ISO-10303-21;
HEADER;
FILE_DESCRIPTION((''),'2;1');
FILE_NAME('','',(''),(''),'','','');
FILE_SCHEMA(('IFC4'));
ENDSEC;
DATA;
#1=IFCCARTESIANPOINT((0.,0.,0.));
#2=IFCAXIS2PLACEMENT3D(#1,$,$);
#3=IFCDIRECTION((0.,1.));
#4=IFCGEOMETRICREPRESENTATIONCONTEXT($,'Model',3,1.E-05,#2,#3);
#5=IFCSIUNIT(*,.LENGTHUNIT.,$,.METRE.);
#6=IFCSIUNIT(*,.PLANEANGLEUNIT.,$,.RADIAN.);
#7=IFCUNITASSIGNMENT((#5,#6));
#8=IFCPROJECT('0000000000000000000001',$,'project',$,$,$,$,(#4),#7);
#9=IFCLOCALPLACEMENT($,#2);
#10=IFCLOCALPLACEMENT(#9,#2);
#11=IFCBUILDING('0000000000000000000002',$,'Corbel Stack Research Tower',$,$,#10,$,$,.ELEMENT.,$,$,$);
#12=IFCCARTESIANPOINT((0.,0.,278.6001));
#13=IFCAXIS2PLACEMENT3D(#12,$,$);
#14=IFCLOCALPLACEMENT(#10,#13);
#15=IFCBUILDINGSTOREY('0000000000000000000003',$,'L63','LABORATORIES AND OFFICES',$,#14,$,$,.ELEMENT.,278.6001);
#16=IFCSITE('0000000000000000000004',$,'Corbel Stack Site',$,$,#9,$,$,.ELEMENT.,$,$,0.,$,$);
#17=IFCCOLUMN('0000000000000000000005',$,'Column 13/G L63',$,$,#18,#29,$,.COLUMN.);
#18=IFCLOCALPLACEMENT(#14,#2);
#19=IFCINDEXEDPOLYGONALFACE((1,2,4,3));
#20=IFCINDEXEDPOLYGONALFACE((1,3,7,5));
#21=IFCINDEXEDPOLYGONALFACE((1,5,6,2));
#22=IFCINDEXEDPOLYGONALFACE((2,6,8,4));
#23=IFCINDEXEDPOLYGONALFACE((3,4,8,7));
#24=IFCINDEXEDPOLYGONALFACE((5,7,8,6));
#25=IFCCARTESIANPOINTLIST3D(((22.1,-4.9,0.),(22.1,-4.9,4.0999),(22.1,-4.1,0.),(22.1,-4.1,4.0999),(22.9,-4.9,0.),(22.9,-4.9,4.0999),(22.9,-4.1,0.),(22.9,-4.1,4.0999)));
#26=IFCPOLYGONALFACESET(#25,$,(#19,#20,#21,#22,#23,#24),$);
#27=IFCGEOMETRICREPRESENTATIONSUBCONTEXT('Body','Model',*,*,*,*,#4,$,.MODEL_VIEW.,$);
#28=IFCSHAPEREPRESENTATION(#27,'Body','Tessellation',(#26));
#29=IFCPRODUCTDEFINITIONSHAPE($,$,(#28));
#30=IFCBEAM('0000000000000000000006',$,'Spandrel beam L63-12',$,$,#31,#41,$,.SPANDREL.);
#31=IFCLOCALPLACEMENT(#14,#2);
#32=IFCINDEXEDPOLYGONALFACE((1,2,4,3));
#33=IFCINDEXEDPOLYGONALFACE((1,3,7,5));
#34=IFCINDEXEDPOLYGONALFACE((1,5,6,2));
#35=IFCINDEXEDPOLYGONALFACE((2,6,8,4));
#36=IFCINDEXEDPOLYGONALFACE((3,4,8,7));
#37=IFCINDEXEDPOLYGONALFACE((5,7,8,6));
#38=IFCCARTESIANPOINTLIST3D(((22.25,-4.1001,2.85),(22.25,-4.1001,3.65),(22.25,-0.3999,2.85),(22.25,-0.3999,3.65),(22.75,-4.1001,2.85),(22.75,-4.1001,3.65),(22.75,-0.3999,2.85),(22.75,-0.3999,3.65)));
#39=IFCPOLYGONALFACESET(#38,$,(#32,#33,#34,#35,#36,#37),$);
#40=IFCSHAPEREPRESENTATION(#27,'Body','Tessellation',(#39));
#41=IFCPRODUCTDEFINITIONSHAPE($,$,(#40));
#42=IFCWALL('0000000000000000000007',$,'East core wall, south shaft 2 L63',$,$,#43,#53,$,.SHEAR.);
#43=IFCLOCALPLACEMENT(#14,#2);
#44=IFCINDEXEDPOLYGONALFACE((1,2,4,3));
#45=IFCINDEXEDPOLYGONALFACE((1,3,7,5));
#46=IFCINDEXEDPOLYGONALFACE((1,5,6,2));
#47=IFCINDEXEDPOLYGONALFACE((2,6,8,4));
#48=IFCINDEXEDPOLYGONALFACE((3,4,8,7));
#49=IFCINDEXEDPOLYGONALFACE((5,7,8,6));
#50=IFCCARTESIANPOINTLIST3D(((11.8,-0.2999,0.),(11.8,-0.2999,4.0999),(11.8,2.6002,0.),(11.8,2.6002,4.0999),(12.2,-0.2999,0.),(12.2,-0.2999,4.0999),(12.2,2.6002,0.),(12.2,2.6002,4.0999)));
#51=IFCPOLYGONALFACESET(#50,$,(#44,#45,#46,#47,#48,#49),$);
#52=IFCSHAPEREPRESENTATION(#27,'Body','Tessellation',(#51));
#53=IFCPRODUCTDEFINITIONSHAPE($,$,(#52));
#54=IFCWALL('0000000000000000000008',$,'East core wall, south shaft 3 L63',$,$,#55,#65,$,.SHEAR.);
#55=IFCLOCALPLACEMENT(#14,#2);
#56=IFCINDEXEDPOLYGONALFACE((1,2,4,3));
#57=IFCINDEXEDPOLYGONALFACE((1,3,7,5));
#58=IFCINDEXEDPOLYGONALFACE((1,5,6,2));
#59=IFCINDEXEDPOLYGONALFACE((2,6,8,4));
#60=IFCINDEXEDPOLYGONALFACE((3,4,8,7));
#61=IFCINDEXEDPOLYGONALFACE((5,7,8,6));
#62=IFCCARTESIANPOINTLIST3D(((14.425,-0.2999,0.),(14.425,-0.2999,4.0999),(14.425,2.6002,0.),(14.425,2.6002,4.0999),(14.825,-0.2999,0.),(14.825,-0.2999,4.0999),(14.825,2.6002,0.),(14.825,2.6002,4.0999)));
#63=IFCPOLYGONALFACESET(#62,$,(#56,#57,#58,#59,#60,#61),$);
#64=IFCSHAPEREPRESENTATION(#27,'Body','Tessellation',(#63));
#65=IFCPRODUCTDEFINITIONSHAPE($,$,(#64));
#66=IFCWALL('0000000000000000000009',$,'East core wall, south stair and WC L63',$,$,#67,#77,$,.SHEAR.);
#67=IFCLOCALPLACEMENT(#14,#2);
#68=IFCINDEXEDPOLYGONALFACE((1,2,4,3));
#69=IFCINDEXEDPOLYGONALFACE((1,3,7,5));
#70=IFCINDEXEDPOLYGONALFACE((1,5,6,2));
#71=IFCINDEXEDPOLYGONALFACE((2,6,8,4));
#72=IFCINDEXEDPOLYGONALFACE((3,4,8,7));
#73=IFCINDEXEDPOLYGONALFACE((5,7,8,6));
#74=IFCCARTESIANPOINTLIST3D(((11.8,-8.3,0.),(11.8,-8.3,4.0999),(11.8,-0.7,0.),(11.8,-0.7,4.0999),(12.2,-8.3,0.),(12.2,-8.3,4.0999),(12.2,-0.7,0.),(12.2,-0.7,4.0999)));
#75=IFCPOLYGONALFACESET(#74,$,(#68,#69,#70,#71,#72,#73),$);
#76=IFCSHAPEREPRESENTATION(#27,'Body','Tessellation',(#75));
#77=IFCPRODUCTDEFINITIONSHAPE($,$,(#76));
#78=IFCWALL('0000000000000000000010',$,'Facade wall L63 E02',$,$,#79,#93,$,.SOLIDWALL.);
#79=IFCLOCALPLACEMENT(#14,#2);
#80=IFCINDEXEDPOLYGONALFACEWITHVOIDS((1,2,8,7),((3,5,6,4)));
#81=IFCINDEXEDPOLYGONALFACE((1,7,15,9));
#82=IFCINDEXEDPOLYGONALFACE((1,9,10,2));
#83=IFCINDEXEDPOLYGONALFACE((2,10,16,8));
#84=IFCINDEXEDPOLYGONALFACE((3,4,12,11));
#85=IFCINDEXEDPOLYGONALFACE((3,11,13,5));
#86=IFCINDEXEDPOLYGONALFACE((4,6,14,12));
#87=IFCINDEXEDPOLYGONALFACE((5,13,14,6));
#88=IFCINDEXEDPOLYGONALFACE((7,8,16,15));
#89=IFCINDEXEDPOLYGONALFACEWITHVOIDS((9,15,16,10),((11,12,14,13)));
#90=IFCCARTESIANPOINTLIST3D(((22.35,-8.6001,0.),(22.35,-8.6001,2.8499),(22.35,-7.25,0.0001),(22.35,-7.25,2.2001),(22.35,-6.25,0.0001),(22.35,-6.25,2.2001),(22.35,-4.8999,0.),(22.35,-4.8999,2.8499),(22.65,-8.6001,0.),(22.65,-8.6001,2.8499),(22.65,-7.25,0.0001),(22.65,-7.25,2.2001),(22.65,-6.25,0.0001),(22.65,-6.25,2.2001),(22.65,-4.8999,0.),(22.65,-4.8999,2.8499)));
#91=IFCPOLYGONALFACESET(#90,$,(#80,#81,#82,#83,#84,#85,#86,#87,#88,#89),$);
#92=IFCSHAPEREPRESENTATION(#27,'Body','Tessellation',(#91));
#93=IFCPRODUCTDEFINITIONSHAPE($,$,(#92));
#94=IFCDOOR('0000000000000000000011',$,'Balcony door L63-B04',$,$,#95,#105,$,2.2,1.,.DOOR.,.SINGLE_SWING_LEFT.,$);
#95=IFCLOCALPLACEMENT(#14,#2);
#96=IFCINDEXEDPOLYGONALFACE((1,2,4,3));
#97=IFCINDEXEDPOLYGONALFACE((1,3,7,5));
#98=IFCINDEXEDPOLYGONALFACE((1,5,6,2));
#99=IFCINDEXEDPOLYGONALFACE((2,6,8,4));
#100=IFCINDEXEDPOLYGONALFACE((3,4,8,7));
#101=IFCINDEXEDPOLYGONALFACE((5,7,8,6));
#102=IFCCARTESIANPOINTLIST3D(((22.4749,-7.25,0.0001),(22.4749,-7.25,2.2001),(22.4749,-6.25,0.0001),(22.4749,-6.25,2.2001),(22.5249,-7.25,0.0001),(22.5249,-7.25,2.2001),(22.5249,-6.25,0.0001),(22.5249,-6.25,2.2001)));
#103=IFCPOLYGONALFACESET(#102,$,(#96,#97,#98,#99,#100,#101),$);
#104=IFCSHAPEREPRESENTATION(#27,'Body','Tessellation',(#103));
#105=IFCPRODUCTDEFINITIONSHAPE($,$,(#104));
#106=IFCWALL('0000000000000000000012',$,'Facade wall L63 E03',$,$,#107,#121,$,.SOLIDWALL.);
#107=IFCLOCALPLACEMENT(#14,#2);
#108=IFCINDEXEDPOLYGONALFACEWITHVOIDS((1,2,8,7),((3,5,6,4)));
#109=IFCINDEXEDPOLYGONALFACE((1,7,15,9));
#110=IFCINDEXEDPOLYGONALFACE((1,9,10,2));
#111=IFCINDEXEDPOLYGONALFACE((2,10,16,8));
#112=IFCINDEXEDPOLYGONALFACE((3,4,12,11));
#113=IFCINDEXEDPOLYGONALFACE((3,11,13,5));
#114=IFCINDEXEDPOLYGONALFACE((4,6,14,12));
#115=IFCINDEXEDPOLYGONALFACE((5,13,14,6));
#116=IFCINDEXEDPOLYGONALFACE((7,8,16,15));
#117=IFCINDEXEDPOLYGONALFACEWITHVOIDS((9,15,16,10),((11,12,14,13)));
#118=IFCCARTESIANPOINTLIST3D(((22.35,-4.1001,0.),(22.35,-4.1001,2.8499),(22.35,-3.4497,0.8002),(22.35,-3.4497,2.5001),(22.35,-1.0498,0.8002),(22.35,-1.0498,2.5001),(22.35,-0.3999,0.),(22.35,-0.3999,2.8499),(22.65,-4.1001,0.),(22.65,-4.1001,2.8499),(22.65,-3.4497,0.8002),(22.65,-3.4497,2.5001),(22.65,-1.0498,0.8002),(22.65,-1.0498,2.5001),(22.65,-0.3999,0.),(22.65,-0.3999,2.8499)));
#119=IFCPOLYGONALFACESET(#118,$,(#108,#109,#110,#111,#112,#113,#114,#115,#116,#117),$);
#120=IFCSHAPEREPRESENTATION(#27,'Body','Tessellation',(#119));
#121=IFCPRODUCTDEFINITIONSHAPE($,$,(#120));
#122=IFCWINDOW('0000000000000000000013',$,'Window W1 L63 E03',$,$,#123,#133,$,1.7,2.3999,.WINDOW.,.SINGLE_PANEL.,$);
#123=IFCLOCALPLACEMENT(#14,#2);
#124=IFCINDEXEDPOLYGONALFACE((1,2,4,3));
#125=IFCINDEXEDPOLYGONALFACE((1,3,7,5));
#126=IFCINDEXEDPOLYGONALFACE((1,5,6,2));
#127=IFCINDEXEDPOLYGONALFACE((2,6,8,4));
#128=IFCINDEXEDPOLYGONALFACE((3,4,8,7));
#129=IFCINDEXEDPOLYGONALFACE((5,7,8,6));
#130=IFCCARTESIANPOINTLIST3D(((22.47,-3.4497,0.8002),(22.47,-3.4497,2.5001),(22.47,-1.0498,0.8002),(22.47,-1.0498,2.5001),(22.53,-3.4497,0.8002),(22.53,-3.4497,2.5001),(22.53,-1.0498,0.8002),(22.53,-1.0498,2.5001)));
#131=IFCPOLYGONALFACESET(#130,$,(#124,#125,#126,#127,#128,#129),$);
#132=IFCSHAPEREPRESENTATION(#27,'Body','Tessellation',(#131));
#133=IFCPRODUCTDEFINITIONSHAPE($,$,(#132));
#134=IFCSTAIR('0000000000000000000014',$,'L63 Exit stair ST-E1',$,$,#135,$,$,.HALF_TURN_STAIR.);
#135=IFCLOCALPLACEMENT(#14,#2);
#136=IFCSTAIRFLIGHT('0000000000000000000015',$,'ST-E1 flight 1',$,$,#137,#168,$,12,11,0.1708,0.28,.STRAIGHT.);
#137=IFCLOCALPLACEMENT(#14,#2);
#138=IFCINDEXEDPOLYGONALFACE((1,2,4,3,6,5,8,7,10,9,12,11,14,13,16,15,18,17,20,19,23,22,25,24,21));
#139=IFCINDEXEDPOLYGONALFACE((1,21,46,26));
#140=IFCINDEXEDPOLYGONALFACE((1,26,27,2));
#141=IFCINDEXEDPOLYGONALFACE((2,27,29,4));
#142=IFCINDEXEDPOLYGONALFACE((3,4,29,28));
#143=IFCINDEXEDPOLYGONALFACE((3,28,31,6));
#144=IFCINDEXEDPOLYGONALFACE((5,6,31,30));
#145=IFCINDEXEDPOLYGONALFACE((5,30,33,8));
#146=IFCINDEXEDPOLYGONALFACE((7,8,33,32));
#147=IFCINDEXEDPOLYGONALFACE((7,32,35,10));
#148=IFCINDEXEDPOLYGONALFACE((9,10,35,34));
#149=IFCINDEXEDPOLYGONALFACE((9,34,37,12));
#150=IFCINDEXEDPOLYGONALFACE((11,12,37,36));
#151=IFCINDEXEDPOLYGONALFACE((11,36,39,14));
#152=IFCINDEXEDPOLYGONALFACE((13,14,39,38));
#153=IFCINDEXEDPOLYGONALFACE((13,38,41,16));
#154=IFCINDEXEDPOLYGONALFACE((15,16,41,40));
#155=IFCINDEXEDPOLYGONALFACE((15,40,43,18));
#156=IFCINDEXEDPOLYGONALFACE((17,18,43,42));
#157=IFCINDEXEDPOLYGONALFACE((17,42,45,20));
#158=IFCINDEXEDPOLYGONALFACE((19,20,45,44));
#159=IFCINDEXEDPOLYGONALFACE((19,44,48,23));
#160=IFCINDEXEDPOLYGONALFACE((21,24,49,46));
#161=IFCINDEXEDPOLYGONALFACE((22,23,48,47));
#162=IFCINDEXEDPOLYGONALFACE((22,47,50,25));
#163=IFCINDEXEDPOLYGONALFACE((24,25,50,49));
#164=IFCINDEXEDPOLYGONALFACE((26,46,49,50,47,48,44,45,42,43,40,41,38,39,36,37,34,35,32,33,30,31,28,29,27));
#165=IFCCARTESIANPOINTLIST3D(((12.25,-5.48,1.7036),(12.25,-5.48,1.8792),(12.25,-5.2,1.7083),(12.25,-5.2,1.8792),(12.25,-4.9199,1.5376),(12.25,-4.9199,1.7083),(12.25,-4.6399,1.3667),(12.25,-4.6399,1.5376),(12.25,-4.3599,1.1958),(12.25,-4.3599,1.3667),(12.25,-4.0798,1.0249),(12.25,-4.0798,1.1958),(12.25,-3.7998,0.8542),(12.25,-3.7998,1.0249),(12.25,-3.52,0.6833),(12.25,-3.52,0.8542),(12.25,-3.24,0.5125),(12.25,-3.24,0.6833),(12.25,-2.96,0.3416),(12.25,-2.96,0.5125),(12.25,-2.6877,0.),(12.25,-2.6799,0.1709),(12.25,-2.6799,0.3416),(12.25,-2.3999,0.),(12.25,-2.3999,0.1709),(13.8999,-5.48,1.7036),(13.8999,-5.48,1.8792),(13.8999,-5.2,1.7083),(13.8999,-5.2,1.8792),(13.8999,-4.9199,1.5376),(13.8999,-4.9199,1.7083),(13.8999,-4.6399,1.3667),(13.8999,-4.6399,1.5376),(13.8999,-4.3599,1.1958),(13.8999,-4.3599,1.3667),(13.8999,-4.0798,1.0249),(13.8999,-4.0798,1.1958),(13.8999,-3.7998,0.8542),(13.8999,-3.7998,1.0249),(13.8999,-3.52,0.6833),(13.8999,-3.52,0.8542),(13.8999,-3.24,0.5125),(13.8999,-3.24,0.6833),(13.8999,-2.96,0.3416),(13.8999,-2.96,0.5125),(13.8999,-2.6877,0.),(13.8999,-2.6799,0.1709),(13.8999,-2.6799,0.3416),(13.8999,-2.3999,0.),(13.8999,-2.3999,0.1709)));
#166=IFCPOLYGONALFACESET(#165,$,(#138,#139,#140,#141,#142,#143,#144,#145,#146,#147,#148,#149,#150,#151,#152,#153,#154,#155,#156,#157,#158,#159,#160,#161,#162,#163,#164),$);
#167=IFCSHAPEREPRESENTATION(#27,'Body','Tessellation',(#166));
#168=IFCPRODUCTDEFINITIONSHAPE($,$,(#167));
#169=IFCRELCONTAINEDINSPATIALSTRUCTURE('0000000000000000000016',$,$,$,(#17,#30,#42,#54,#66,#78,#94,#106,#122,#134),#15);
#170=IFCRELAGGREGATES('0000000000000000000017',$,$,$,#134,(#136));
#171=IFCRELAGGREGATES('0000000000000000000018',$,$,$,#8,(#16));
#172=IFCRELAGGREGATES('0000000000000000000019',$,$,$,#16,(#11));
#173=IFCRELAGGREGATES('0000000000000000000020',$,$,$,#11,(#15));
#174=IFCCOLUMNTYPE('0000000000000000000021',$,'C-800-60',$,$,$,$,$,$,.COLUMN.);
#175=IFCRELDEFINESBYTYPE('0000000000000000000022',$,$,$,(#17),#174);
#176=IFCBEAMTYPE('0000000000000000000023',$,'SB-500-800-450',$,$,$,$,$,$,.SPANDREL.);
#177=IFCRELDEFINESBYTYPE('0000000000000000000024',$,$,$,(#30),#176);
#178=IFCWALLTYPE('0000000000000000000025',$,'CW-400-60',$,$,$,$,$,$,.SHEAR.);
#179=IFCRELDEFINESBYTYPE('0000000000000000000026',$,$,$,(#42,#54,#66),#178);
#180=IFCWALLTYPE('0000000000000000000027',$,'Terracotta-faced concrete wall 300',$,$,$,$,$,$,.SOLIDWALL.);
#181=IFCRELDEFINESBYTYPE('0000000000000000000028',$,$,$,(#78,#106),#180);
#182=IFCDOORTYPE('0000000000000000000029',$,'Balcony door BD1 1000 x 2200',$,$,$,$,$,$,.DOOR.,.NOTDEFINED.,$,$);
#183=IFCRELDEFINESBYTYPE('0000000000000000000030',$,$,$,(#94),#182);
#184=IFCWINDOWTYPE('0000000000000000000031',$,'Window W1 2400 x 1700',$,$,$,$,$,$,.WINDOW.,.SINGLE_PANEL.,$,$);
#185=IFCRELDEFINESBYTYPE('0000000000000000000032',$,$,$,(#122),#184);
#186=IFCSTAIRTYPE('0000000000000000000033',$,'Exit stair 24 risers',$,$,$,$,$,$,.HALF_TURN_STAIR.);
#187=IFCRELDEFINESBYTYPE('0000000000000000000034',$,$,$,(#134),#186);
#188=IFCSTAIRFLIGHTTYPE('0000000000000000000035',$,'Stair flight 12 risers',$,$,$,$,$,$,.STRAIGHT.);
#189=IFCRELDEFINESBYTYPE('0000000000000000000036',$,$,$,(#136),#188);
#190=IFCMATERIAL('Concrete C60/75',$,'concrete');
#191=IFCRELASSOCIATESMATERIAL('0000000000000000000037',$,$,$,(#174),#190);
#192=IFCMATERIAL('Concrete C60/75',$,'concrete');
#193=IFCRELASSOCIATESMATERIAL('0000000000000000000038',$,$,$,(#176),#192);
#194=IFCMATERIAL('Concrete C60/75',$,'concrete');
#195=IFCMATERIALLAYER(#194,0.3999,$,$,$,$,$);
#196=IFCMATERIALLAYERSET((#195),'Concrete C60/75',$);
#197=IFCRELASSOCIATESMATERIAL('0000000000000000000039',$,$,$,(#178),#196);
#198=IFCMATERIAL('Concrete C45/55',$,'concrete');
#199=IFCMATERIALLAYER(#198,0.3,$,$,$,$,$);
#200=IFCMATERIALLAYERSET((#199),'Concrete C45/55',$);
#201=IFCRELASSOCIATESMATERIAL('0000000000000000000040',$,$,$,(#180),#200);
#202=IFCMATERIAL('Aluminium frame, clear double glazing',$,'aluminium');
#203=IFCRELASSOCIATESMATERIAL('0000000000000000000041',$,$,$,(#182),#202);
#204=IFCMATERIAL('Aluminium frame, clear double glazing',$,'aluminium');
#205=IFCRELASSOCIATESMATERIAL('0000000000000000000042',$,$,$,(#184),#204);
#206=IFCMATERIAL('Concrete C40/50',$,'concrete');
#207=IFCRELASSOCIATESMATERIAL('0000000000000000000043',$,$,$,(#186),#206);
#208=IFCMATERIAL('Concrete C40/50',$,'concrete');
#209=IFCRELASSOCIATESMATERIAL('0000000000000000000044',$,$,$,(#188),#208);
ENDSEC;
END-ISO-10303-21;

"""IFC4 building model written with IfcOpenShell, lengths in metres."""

from ifc_helpers import new_model, si_unit, direction, frame, frame_2d, origin, origin_2d, place, context, subcontext, project, spatial, polyline, rectangle, outline, extrude, material, layer, layer_set, material_profile, profile_set, type_object, element, fill, aggregate, save


model = new_model("IFC4")

# Units and contexts
model_context = context("Model", 3, precision=1e-05, world=origin(), true_north=direction((0.0, 1.0)))
body_context = subcontext(model_context, "Body", "Model", "MODEL_VIEW")
ifc_project = project(units=[si_unit("LENGTHUNIT", "METRE"), si_unit("PLANEANGLEUNIT", "RADIAN")], contexts=[model_context])

# Site, building, storey
site_placement = place(None, origin())
site = spatial("IfcSite", under=ifc_project, at=site_placement, Name="Corbel Stack Site", CompositionType="ELEMENT", RefElevation=0.0)
building_placement = place(site_placement, origin())
building = spatial("IfcBuilding", under=site, at=building_placement, Name="Corbel Stack Research Tower", CompositionType="ELEMENT")
storey_placement = place(building_placement, frame((0.0, 0.0, 278.6001)))
storey = spatial("IfcBuildingStorey", under=building, at=storey_placement, Name="L63", Description="LABORATORIES AND OFFICES", CompositionType="ELEMENT", Elevation=278.6001)

# Column
ifc_material_1 = material(Name="Concrete C60/75", Category="concrete")
ifc_material_profile_1 = material_profile(ifc_material_1, rectangle(XDim=0.8, YDim=0.8, at=origin_2d()), Name="RC 800 x 800")
ifc_profile_set_1 = profile_set([ifc_material_profile_1], Name="Concrete C60/75")
column_type = type_object("IfcColumnType", Name="C-800-60", PredefinedType="COLUMN", material=ifc_profile_set_1)
column_placement = place(storey_placement, frame((22.5, -4.5, 0.0), z_axis=(0.0, 0.0, 1.0), x_axis=(1.0, 0.0, 0.0)))
element("IfcColumn", 1, at=column_placement, inside=storey, type_object=column_type, Name="Column 13/G L63", PredefinedType="COLUMN", context=body_context, shape_type="SweptSolid", body=[
    extrude(rectangle(XDim=0.8, YDim=0.8, at=origin_2d()), origin(), (0.0, 0.0, 1.0), 4.0999),
])

# Beam
ifc_material_2 = material(Name="Concrete C60/75", Category="concrete")
ifc_material_profile_2 = material_profile(ifc_material_2, rectangle(XDim=0.5, YDim=0.8, at=origin_2d()), Name="RC 500 x 800")
ifc_profile_set_2 = profile_set([ifc_material_profile_2], Name="Concrete C60/75")
beam_type = type_object("IfcBeamType", Name="SB-500-800-450", PredefinedType="SPANDREL", material=ifc_profile_set_2)
beam_placement = place(storey_placement, frame((22.5, -4.1001, 3.25), z_axis=(0.0, 1.0, 0.0), x_axis=(-1.0, 0.0, 0.0)))
element("IfcBeam", 2, at=beam_placement, inside=storey, type_object=beam_type, Name="Spandrel beam L63-12", PredefinedType="SPANDREL", context=body_context, shape_type="SweptSolid", body=[
    extrude(rectangle(XDim=0.5, YDim=0.8, at=origin_2d()), origin(), (0.0, 0.0, 1.0), 3.7002),
])

# Walls
ifc_material_3 = material(Name="Concrete C60/75", Category="concrete")
ifc_layer_1 = layer(ifc_material_3, 0.3999)
ifc_layer_set_1 = layer_set([ifc_layer_1], Name="Concrete C60/75")
wall_type_1 = type_object("IfcWallType", Name="CW-400-60", PredefinedType="SHEAR", material=ifc_layer_set_1)
for number, where, z_axis, x_axis, name in (
    (3, (12.0, -0.3, 0.0), (0.0, 0.0, 1.0), (0.0, 1.0, 0.0), "East core wall, south shaft 2 L63"),
    (4, (14.625, -0.3, 0.0), (0.0, 0.0, 1.0), (0.0, 1.0, 0.0), "East core wall, south shaft 3 L63"),
):
    element("IfcWall", number, at=place(storey_placement, frame(where, z_axis=z_axis, x_axis=x_axis)), inside=storey, type_object=wall_type_1, Name=name, PredefinedType="SHEAR", context=body_context, shape_type="SweptSolid", body=[
        extrude(rectangle(XDim=2.9001, YDim=0.3999, at=frame_2d((1.4502, 0.0))), origin(), (0.0, 0.0, 1.0), 4.0999),
    ])
wall_1_placement = place(storey_placement, frame((12.0, -8.3, 0.0), z_axis=(0.0, 0.0, 1.0), x_axis=(0.0, 1.0, 0.0)))
element("IfcWall", 5, at=wall_1_placement, inside=storey, type_object=wall_type_1, Name="East core wall, south stair and WC L63", PredefinedType="SHEAR", context=body_context, shape_type="SweptSolid", body=[
    extrude(rectangle(XDim=7.6001, YDim=0.3999, at=frame_2d((3.8, 0.0))), origin(), (0.0, 0.0, 1.0), 4.0999),
])

# Wall, opening, door
ifc_material_4 = material(Name="Concrete C45/55", Category="concrete")
ifc_layer_2 = layer(ifc_material_4, 0.3)
ifc_layer_set_2 = layer_set([ifc_layer_2], Name="Concrete C45/55")
wall_type_2 = type_object("IfcWallType", Name="Terracotta-faced concrete wall 300", PredefinedType="SOLIDWALL", material=ifc_layer_set_2)
wall_2_placement = place(storey_placement, frame((22.5, -4.8999, 0.0), z_axis=(0.0, 0.0, 1.0), x_axis=(0.0, -1.0, 0.0)))
wall_2 = element("IfcWall", 6, at=wall_2_placement, inside=storey, type_object=wall_type_2, Name="Facade wall L63 E02", PredefinedType="SOLIDWALL", context=body_context, shape_type="SweptSolid", body=[
    extrude(rectangle(XDim=3.7002, YDim=0.3, at=frame_2d((1.8501, 0.0))), origin(), (0.0, 0.0, 1.0), 2.8499),
])
opening_1_placement = place(wall_2_placement, frame((1.3501, 0.0, 0.0)))
opening_1 = element("IfcOpeningElement", 7, at=opening_1_placement, cuts=wall_2, PredefinedType="OPENING", context=body_context, shape_type="SweptSolid", body=[
    extrude(rectangle(XDim=1.0, YDim=2.2, at=frame_2d((0.5, 1.1001))), frame((0.0, 0.1599, 0.0), z_axis=(0.0, -1.0, 0.0), x_axis=(1.0, 0.0, 0.0)), (0.0, 0.0, 1.0), 0.3201),
])
ifc_material_5 = material(Name="Aluminium frame, clear double glazing", Category="aluminium")
door_type = type_object("IfcDoorType", Name="Balcony door BD1 1000 x 2200", OperationType="NOTDEFINED", PredefinedType="DOOR", material=ifc_material_5)
door_placement = place(opening_1_placement, origin())
door = element("IfcDoor", 8, at=door_placement, inside=storey, type_object=door_type, Name="Balcony door L63-B04", OperationType="SINGLE_SWING_LEFT", OverallHeight=2.2, OverallWidth=1.0, PredefinedType="DOOR", context=body_context, shape_type="SweptSolid", body=[
    extrude(rectangle(XDim=1.0, YDim=2.2, at=frame_2d((0.5, 1.1001))), frame((0.0, 0.0249, 0.0), z_axis=(0.0, -1.0, 0.0), x_axis=(1.0, 0.0, 0.0)), (0.0, 0.0, 1.0), 0.05),
])
fill(opening_1, door)

# Wall, opening, window
wall_3_placement = place(storey_placement, frame((22.5, -0.3999, 0.0), z_axis=(0.0, 0.0, 1.0), x_axis=(0.0, -1.0, 0.0)))
wall_3 = element("IfcWall", 9, at=wall_3_placement, inside=storey, type_object=wall_type_2, Name="Facade wall L63 E03", PredefinedType="SOLIDWALL", context=body_context, shape_type="SweptSolid", body=[
    extrude(rectangle(XDim=3.7002, YDim=0.3, at=frame_2d((1.8501, 0.0))), origin(), (0.0, 0.0, 1.0), 2.8499),
])
opening_2_placement = place(wall_3_placement, frame((0.6499, 0.0, 0.8)))
opening_2 = element("IfcOpeningElement", 10, at=opening_2_placement, cuts=wall_3, PredefinedType="OPENING", context=body_context, shape_type="SweptSolid", body=[
    extrude(rectangle(XDim=2.3999, YDim=1.7, at=frame_2d((1.2, 0.8501))), frame((0.0, 0.1599, 0.0), z_axis=(0.0, -1.0, 0.0), x_axis=(1.0, 0.0, 0.0)), (0.0, 0.0, 1.0), 0.3201),
])
ifc_material_6 = material(Name="Aluminium frame, clear double glazing", Category="aluminium")
window_type = type_object("IfcWindowType", Name="Window W1 2400 x 1700", PartitioningType="SINGLE_PANEL", PredefinedType="WINDOW", material=ifc_material_6)
window_placement = place(opening_2_placement, origin())
window = element("IfcWindow", 11, at=window_placement, inside=storey, type_object=window_type, Name="Window W1 L63 E03", OverallHeight=1.7, OverallWidth=2.3999, PartitioningType="SINGLE_PANEL", PredefinedType="WINDOW", context=body_context, shape_type="SweptSolid", body=[
    extrude(rectangle(XDim=2.3999, YDim=1.7, at=frame_2d((1.2, 0.8501))), frame((0.0, 0.03, 0.0), z_axis=(0.0, -1.0, 0.0), x_axis=(1.0, 0.0, 0.0)), (0.0, 0.0, 1.0), 0.0601),
])
fill(opening_2, window)

# Stair, stair flight
ifc_material_7 = material(Name="Concrete C40/50", Category="concrete")
stair_type = type_object("IfcStairType", Name="Exit stair 24 risers", PredefinedType="HALF_TURN_STAIR", material=ifc_material_7)
stair_placement = place(storey_placement, origin())
stair = element("IfcStair", 12, at=stair_placement, inside=storey, type_object=stair_type, Name="L63 Exit stair ST-E1", PredefinedType="HALF_TURN_STAIR")
ifc_material_8 = material(Name="Concrete C40/50", Category="concrete")
stair_flight_type = type_object("IfcStairFlightType", Name="Stair flight 12 risers", PredefinedType="STRAIGHT", material=ifc_material_8)
stair_flight_1_placement = place(storey_placement, frame((13.075, -2.3999, 0.0), z_axis=(0.0, 0.0, 1.0), x_axis=(0.0, -1.0, 0.0)))
stair_flight_1 = element("IfcStairFlight", 13, at=stair_flight_1_placement, type_object=stair_flight_type, Name="ST-E1 flight 1", NumberOfRisers=12, NumberOfTreads=11, PredefinedType="STRAIGHT", RiserHeight=0.1708, TreadLength=0.28, context=body_context, shape_type="SweptSolid", body=[
    extrude(outline(polyline([(0.0, 0.0), (0.0, 0.1709), (0.28, 0.1709), (0.28, 0.3416), (0.5601, 0.3416), (0.5601, 0.5125), (0.8401, 0.5125), (0.8401, 0.6833), (1.1201, 0.6833), (1.1201, 0.8542), (1.3999, 0.8542), (1.3999, 1.0249), (1.6799, 1.0249), (1.6799, 1.1958), (1.96, 1.1958), (1.96, 1.3667), (2.24, 1.3667), (2.24, 1.5376), (2.52, 1.5376), (2.52, 1.7083), (2.8, 1.7083), (2.8, 1.8792), (3.0801, 1.8792), (3.0801, 2.05), (3.0801, 1.7036), (0.2878, 0.0), (0.0, 0.0)])), frame((0.0, 0.825, 0.0), z_axis=(0.0, -1.0, 0.0), x_axis=(1.0, 0.0, 0.0)), (0.0, 0.0, 1.0), 1.6499),
])
aggregate(stair, [stair_flight_1])

save(model, "model.ifc")
